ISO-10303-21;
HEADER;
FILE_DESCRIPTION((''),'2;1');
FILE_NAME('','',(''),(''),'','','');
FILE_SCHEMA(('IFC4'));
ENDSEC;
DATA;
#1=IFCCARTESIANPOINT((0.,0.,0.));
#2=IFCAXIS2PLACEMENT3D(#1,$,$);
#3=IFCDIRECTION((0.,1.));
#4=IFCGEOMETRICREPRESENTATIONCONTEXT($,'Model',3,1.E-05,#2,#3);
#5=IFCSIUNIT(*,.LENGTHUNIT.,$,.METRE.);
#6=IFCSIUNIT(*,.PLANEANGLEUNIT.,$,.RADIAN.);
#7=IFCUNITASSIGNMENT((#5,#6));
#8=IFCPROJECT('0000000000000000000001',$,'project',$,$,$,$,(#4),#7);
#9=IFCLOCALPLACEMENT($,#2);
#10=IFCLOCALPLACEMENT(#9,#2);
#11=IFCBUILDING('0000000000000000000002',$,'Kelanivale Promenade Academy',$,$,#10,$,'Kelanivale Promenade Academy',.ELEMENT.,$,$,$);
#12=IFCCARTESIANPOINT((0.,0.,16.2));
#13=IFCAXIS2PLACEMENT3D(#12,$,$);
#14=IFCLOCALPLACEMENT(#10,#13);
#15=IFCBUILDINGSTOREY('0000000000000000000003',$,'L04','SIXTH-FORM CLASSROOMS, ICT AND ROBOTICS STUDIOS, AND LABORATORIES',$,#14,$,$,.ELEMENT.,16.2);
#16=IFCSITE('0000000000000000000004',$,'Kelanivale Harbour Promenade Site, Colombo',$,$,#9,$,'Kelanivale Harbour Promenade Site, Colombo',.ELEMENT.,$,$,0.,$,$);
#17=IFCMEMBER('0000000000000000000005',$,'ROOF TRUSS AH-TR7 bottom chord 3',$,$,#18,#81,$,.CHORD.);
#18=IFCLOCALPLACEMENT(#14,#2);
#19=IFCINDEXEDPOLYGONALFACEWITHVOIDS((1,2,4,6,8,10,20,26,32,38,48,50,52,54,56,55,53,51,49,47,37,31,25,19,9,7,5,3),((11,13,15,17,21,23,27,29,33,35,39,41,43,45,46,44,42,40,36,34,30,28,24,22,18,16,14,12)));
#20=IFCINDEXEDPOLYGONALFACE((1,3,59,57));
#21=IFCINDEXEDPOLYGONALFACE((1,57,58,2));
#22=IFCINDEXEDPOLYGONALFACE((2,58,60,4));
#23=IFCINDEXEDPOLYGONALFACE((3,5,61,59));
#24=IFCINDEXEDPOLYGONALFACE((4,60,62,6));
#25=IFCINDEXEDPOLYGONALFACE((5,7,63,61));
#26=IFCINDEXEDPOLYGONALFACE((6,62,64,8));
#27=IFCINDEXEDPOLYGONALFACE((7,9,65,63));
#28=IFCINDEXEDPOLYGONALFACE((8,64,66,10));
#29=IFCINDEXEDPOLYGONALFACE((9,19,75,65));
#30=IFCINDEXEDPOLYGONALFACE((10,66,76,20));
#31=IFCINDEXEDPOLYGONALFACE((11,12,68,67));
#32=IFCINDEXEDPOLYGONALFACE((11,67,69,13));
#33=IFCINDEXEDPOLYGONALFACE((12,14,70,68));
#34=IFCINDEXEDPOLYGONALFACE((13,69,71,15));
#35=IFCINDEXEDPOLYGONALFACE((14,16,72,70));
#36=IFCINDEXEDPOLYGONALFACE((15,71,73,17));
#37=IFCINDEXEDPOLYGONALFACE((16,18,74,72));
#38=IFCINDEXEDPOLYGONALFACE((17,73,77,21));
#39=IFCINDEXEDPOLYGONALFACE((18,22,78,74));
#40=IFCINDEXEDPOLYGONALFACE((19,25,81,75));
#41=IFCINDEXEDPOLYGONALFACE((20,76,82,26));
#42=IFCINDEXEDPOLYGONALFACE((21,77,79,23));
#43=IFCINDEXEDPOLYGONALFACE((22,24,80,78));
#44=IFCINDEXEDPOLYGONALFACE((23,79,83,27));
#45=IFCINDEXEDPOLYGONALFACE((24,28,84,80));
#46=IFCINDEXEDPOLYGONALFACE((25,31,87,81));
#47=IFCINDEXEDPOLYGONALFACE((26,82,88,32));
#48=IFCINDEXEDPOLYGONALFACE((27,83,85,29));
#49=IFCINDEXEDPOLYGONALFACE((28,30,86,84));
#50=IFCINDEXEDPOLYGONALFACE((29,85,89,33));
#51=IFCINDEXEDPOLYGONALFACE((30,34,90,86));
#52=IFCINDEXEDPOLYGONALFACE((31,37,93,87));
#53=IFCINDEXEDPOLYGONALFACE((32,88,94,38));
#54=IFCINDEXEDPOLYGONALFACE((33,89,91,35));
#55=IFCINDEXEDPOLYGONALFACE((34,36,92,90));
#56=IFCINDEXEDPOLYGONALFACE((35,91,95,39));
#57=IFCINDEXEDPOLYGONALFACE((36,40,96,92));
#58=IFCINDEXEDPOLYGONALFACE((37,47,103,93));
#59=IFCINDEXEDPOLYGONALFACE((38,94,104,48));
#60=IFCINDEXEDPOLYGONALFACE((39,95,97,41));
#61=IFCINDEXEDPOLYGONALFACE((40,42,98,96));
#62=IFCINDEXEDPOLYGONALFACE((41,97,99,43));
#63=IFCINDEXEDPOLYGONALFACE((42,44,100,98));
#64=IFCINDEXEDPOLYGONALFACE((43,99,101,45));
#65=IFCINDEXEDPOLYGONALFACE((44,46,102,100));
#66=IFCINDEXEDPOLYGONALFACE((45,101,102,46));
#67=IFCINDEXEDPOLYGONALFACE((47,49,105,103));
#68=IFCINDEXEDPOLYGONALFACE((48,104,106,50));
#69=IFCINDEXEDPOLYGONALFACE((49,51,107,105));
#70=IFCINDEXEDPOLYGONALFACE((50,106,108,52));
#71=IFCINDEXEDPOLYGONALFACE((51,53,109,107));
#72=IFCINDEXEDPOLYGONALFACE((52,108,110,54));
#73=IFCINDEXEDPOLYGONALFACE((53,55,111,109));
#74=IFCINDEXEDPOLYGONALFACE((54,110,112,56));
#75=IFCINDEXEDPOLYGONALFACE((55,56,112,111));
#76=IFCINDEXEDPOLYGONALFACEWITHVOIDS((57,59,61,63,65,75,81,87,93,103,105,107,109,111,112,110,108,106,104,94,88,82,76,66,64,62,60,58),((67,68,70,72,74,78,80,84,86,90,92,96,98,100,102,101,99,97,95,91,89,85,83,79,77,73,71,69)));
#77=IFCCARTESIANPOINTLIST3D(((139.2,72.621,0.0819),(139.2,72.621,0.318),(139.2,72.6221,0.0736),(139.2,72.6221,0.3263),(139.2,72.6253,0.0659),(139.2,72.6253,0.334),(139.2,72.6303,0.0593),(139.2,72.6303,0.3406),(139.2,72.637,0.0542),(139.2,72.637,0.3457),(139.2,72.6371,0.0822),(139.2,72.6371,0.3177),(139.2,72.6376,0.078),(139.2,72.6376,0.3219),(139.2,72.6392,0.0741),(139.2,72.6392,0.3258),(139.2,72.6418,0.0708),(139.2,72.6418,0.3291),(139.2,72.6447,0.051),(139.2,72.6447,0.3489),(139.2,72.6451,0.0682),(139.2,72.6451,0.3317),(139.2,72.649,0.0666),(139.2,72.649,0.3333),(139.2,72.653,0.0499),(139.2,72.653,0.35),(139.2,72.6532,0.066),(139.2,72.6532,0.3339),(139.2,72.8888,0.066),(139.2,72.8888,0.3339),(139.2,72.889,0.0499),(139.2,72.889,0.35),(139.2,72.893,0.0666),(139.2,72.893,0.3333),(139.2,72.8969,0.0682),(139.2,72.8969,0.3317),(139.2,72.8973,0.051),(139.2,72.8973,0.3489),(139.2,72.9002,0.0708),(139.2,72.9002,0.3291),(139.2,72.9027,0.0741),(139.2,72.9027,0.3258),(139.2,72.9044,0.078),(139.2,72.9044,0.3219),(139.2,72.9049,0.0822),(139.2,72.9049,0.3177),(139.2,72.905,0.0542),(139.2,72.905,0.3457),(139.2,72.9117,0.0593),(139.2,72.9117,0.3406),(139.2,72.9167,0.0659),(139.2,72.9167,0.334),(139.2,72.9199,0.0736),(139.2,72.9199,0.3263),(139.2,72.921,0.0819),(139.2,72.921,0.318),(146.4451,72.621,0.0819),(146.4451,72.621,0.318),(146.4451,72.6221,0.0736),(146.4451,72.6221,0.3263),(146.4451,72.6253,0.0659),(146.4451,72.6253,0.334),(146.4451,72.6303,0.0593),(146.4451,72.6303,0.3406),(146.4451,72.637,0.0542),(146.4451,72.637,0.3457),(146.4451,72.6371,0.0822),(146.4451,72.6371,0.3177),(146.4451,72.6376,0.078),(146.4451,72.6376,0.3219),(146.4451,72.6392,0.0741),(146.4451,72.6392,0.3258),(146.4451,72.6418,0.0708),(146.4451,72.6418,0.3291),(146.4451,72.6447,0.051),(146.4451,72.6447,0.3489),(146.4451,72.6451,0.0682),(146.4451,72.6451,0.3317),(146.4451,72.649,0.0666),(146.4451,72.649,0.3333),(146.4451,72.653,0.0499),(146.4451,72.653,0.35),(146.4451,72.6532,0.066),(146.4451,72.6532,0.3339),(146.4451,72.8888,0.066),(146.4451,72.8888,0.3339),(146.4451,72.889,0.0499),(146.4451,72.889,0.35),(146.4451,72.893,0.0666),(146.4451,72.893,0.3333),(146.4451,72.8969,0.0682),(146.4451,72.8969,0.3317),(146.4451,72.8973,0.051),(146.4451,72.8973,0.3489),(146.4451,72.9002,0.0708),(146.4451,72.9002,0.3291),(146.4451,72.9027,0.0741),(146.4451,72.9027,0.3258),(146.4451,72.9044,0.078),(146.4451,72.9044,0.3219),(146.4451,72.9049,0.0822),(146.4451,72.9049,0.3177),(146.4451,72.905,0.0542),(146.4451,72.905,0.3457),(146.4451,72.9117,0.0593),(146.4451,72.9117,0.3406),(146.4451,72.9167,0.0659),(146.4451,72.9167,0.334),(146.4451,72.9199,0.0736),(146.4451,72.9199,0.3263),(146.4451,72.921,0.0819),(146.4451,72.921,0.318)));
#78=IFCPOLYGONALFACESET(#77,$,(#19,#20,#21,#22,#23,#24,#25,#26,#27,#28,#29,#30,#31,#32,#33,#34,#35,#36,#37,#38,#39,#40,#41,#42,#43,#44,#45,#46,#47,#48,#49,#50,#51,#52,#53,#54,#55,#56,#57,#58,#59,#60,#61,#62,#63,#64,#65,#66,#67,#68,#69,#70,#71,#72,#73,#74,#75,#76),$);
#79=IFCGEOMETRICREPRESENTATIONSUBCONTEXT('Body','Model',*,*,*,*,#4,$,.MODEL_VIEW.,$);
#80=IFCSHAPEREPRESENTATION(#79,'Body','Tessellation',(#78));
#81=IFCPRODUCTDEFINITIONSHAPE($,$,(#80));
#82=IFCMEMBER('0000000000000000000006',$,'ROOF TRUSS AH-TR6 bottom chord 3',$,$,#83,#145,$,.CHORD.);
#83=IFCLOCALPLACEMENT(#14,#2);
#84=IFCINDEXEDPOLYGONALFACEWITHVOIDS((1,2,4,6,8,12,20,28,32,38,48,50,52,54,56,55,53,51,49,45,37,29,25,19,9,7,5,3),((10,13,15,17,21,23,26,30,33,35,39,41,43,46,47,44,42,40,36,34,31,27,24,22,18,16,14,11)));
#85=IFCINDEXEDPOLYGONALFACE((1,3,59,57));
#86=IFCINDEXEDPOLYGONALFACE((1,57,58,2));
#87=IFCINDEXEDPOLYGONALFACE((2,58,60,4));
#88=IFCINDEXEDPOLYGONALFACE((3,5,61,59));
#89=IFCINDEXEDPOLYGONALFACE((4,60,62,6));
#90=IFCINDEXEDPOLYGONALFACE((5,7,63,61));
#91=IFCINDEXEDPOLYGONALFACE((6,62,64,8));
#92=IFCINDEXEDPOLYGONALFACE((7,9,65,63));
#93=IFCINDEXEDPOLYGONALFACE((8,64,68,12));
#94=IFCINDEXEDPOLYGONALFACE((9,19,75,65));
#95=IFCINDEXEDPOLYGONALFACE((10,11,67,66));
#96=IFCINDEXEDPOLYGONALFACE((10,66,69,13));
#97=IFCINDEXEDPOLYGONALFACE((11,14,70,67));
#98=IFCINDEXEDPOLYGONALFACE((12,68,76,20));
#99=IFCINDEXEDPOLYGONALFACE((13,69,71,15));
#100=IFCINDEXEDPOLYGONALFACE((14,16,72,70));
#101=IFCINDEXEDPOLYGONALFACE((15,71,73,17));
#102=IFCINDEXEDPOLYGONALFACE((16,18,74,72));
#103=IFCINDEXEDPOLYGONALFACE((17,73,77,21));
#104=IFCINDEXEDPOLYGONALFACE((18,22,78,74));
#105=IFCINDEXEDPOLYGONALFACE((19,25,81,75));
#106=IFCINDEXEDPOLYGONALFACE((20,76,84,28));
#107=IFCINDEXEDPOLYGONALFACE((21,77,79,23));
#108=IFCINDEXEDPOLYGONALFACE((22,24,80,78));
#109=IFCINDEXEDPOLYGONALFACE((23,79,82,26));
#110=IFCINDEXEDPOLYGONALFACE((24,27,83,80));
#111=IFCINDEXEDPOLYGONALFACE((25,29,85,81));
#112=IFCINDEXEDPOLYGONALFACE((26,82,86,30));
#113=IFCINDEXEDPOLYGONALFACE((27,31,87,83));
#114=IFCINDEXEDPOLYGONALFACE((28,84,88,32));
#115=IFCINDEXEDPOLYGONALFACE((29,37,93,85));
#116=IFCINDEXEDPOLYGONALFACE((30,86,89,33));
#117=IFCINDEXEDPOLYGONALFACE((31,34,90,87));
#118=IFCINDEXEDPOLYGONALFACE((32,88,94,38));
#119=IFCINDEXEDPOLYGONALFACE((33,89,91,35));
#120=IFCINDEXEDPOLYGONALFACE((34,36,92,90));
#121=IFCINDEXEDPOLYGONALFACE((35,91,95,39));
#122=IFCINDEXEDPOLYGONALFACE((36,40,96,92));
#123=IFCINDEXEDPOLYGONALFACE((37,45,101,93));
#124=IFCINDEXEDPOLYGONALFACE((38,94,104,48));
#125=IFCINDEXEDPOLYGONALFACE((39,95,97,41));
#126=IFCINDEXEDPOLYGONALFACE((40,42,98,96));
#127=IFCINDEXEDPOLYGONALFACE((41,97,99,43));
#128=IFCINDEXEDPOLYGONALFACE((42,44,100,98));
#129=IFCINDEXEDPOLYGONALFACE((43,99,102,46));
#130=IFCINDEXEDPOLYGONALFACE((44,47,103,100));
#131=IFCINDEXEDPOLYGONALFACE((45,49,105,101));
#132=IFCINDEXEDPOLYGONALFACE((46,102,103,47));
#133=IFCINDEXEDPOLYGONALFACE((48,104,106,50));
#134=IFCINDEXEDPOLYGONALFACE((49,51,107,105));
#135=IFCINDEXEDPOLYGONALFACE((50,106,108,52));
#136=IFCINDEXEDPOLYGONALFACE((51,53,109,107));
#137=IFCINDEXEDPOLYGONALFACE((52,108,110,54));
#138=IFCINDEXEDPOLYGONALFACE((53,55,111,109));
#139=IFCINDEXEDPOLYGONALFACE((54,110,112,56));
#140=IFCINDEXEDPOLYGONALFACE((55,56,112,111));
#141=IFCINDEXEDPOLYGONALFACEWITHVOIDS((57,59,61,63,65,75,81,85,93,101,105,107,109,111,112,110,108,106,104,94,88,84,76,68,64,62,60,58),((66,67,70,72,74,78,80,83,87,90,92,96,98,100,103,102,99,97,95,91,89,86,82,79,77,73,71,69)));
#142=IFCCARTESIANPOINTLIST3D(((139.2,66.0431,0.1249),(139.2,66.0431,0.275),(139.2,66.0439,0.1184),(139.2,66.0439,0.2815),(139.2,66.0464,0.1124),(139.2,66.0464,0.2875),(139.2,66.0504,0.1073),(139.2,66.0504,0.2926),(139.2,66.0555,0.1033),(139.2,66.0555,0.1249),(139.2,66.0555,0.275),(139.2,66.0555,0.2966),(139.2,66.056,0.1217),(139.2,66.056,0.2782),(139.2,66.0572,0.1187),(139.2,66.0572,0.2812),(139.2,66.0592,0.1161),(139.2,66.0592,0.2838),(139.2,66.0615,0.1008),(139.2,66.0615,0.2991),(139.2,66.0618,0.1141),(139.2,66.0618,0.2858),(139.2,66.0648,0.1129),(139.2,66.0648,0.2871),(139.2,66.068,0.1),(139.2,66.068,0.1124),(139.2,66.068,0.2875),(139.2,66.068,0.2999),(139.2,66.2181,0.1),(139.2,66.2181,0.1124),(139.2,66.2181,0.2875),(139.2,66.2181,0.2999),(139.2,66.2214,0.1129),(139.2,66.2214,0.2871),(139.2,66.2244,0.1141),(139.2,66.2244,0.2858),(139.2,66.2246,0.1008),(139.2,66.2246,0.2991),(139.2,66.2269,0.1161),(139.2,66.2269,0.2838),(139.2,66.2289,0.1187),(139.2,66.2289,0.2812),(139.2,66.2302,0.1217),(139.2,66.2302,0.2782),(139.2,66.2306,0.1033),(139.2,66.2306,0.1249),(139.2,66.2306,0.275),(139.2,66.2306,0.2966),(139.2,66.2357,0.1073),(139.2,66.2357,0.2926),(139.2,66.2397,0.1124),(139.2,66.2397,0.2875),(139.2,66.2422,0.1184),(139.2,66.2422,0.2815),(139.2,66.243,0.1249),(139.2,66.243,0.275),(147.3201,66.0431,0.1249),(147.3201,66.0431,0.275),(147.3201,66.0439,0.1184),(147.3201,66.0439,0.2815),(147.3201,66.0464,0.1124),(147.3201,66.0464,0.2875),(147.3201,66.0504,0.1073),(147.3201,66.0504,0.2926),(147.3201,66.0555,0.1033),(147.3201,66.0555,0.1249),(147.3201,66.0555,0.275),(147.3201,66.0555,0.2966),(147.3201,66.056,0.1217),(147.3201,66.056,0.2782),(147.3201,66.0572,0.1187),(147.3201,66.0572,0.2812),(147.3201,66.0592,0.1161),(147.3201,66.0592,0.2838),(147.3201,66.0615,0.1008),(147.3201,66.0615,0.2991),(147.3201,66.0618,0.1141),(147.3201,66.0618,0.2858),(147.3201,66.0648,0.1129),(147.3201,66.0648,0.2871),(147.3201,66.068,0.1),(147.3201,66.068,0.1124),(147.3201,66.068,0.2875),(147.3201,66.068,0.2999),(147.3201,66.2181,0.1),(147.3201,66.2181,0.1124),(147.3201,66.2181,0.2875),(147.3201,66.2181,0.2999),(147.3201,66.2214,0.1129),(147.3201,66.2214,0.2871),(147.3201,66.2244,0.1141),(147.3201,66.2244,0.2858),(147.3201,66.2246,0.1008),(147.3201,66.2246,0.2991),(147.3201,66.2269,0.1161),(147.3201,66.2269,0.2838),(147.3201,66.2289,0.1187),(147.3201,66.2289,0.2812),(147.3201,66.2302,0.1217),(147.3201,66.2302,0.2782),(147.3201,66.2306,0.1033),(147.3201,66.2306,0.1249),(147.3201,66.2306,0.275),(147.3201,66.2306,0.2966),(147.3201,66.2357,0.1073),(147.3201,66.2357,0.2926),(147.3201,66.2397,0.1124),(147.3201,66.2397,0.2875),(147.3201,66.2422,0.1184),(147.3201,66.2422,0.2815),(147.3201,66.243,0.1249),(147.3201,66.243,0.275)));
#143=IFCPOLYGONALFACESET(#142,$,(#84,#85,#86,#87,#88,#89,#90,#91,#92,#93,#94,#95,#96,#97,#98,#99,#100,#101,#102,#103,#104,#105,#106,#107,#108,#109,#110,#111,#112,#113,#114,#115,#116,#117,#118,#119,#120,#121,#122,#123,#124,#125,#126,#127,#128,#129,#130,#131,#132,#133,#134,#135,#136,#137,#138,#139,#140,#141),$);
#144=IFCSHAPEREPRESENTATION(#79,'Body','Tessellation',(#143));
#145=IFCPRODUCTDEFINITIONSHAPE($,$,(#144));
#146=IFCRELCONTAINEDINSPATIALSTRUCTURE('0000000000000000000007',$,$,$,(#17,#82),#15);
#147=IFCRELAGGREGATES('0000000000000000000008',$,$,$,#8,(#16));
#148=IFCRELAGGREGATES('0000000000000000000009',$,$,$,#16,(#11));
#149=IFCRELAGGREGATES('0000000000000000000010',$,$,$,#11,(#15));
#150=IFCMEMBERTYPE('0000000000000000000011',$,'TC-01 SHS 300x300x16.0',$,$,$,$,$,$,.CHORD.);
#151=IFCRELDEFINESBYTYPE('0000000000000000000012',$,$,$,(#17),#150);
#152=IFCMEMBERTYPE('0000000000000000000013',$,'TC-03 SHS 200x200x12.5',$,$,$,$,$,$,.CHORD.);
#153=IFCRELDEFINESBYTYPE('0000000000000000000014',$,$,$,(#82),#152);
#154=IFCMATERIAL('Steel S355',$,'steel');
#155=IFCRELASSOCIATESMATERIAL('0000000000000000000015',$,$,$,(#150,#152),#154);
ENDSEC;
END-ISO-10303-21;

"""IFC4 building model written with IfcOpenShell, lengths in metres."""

from ifc_helpers import new_model, si_unit, direction, frame, origin, origin_2d, place, context, subcontext, project, spatial, hollow_rectangle, extrude, material, material_profile, profile_set, type_object, element, save


model = new_model("IFC4")

# Units and contexts
model_context = context("Model", 3, precision=1e-05, world=origin(), true_north=direction((0.0, 1.0)))
body_context = subcontext(model_context, "Body", "Model", "MODEL_VIEW")
ifc_project = project(units=[si_unit("LENGTHUNIT", "METRE"), si_unit("PLANEANGLEUNIT", "RADIAN")], contexts=[model_context])

# Site, building, storey
site_placement = place(None, origin())
site = spatial("IfcSite", under=ifc_project, at=site_placement, Name="Kelanivale Harbour Promenade Site, Colombo", LongName="Kelanivale Harbour Promenade Site, Colombo", CompositionType="ELEMENT", RefElevation=0.0)
building_placement = place(site_placement, origin())
building = spatial("IfcBuilding", under=site, at=building_placement, Name="Kelanivale Promenade Academy", LongName="Kelanivale Promenade Academy", CompositionType="ELEMENT")
storey_placement = place(building_placement, frame((0.0, 0.0, 16.2)))
storey = spatial("IfcBuildingStorey", under=building, at=storey_placement, Name="L04", Description="SIXTH-FORM CLASSROOMS, ICT AND ROBOTICS STUDIOS, AND LABORATORIES", CompositionType="ELEMENT", Elevation=16.2)

# Members
ifc_material_1 = material(Name="Steel S355", Category="steel")
ifc_material_profile_1 = material_profile(ifc_material_1, hollow_rectangle(XDim=0.3, YDim=0.3, WallThickness=0.0161, InnerFilletRadius=0.0161, OuterFilletRadius=0.032, at=origin_2d()), Name="SHS 300x300x16.0")
ifc_profile_set_1 = profile_set([ifc_material_profile_1], Name="Steel S355")
member_type_1 = type_object("IfcMemberType", Name="TC-01 SHS 300x300x16.0", PredefinedType="CHORD", material=ifc_profile_set_1)
member_1_placement = place(storey_placement, frame((139.2, 72.771, 0.2), z_axis=(1.0, 0.0, 0.0), x_axis=(0.0, 1.0, 0.0)))
element("IfcMember", 1, at=member_1_placement, inside=storey, type_object=member_type_1, Name="ROOF TRUSS AH-TR7 bottom chord 3", PredefinedType="CHORD", context=body_context, shape_type="SweptSolid", body=[
    extrude(hollow_rectangle(XDim=0.3, YDim=0.3, WallThickness=0.0161, InnerFilletRadius=0.0161, OuterFilletRadius=0.032, at=origin_2d()), origin(), (0.0, 0.0, 1.0), 7.2451),
])
ifc_material_profile_2 = material_profile(ifc_material_1, hollow_rectangle(XDim=0.2, YDim=0.2, WallThickness=0.0125, InnerFilletRadius=0.0125, OuterFilletRadius=0.0249, at=origin_2d()), Name="SHS 200x200x12.5")
ifc_profile_set_2 = profile_set([ifc_material_profile_2], Name="Steel S355")
member_type_2 = type_object("IfcMemberType", Name="TC-03 SHS 200x200x12.5", PredefinedType="CHORD", material=ifc_profile_set_2)
member_2_placement = place(storey_placement, frame((139.2, 66.1431, 0.2), z_axis=(1.0, 0.0, 0.0), x_axis=(0.0, 1.0, 0.0)))
element("IfcMember", 2, at=member_2_placement, inside=storey, type_object=member_type_2, Name="ROOF TRUSS AH-TR6 bottom chord 3", PredefinedType="CHORD", context=body_context, shape_type="SweptSolid", body=[
    extrude(hollow_rectangle(XDim=0.2, YDim=0.2, WallThickness=0.0125, InnerFilletRadius=0.0125, OuterFilletRadius=0.0249, at=origin_2d()), origin(), (0.0, 0.0, 1.0), 8.1201),
])

save(model, "model.ifc")
